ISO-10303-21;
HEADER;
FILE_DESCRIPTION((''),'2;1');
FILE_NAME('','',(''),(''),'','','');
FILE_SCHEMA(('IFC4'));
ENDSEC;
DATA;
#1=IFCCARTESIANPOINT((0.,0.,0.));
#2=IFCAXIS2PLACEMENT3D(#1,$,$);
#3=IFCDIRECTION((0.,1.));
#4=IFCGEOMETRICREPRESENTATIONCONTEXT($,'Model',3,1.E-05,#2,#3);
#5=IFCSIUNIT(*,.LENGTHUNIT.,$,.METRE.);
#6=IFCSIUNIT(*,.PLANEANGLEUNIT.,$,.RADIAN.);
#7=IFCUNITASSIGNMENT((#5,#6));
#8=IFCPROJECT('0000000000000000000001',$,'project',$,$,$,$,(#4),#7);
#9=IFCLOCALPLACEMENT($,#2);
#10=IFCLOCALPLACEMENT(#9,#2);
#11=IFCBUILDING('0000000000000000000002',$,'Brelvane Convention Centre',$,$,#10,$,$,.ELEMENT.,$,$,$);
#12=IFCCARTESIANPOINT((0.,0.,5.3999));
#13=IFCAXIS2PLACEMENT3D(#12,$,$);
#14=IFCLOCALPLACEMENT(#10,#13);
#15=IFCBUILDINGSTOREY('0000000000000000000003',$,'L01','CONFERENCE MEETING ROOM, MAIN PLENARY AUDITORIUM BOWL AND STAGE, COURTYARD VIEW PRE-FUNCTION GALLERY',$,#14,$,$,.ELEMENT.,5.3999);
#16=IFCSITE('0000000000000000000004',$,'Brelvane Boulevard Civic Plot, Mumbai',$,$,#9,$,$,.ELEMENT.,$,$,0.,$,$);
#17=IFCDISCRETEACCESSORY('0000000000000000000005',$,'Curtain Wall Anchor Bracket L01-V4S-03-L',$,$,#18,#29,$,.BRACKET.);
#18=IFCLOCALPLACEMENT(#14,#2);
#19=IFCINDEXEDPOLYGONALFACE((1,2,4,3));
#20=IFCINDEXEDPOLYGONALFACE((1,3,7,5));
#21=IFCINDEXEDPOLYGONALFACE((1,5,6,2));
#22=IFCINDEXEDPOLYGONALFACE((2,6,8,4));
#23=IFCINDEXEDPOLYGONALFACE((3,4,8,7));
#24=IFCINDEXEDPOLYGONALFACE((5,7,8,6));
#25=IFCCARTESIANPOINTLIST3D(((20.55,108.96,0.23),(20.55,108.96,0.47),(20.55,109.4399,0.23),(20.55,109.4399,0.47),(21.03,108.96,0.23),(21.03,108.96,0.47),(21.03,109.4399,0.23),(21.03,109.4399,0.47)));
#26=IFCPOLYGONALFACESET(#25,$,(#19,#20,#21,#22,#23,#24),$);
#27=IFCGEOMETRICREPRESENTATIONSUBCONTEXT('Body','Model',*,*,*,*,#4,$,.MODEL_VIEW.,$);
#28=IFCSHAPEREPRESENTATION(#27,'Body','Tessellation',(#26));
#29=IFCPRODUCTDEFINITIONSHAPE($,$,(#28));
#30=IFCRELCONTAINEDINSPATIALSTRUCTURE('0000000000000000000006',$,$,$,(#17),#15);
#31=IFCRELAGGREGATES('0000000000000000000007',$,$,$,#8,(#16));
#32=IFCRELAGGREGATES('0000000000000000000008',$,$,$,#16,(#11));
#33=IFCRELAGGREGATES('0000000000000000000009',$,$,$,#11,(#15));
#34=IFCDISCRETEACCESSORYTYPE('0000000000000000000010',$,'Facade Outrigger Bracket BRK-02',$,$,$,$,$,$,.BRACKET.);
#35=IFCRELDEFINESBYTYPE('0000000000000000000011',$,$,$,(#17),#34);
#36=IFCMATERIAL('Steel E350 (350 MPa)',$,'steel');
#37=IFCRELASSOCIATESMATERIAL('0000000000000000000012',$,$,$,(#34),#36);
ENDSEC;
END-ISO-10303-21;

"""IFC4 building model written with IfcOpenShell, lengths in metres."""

from ifc_helpers import new_model, si_unit, direction, frame, origin, origin_2d, place, context, subcontext, project, spatial, rectangle, extrude, material, type_object, element, save


model = new_model("IFC4")

# Units and contexts
model_context = context("Model", 3, precision=1e-05, world=origin(), true_north=direction((0.0, 1.0)))
body_context = subcontext(model_context, "Body", "Model", "MODEL_VIEW")
ifc_project = project(units=[si_unit("LENGTHUNIT", "METRE"), si_unit("PLANEANGLEUNIT", "RADIAN")], contexts=[model_context])

# Site, building, storey
site_placement = place(None, origin())
site = spatial("IfcSite", under=ifc_project, at=site_placement, Name="Brelvane Boulevard Civic Plot, Mumbai", CompositionType="ELEMENT", RefElevation=0.0)
building_placement = place(site_placement, origin())
building = spatial("IfcBuilding", under=site, at=building_placement, Name="Brelvane Convention Centre", CompositionType="ELEMENT")
storey_placement = place(building_placement, frame((0.0, 0.0, 5.3999)))
storey = spatial("IfcBuildingStorey", under=building, at=storey_placement, Name="L01", Description="CONFERENCE MEETING ROOM, MAIN PLENARY AUDITORIUM BOWL AND STAGE, COURTYARD VIEW PRE-FUNCTION GALLERY", CompositionType="ELEMENT", Elevation=5.3999)

# Discrete accessory
ifc_material_1 = material(Name="Steel E350 (350 MPa)", Category="steel")
discrete_accessory_type = type_object("IfcDiscreteAccessoryType", Name="Facade Outrigger Bracket BRK-02", PredefinedType="BRACKET", material=ifc_material_1)
discrete_accessory_placement = place(storey_placement, frame((20.79, 109.2, 0.23), z_axis=(0.0, 0.0, 1.0), x_axis=(1.0, 0.0, 0.0)))
element("IfcDiscreteAccessory", 1, at=discrete_accessory_placement, inside=storey, type_object=discrete_accessory_type, Name="Curtain Wall Anchor Bracket L01-V4S-03-L", PredefinedType="BRACKET", context=body_context, shape_type="SweptSolid", body=[
    extrude(rectangle(XDim=0.48, YDim=0.48, at=origin_2d()), origin(), (0.0, 0.0, 1.0), 0.24),
])

save(model, "model.ifc")
